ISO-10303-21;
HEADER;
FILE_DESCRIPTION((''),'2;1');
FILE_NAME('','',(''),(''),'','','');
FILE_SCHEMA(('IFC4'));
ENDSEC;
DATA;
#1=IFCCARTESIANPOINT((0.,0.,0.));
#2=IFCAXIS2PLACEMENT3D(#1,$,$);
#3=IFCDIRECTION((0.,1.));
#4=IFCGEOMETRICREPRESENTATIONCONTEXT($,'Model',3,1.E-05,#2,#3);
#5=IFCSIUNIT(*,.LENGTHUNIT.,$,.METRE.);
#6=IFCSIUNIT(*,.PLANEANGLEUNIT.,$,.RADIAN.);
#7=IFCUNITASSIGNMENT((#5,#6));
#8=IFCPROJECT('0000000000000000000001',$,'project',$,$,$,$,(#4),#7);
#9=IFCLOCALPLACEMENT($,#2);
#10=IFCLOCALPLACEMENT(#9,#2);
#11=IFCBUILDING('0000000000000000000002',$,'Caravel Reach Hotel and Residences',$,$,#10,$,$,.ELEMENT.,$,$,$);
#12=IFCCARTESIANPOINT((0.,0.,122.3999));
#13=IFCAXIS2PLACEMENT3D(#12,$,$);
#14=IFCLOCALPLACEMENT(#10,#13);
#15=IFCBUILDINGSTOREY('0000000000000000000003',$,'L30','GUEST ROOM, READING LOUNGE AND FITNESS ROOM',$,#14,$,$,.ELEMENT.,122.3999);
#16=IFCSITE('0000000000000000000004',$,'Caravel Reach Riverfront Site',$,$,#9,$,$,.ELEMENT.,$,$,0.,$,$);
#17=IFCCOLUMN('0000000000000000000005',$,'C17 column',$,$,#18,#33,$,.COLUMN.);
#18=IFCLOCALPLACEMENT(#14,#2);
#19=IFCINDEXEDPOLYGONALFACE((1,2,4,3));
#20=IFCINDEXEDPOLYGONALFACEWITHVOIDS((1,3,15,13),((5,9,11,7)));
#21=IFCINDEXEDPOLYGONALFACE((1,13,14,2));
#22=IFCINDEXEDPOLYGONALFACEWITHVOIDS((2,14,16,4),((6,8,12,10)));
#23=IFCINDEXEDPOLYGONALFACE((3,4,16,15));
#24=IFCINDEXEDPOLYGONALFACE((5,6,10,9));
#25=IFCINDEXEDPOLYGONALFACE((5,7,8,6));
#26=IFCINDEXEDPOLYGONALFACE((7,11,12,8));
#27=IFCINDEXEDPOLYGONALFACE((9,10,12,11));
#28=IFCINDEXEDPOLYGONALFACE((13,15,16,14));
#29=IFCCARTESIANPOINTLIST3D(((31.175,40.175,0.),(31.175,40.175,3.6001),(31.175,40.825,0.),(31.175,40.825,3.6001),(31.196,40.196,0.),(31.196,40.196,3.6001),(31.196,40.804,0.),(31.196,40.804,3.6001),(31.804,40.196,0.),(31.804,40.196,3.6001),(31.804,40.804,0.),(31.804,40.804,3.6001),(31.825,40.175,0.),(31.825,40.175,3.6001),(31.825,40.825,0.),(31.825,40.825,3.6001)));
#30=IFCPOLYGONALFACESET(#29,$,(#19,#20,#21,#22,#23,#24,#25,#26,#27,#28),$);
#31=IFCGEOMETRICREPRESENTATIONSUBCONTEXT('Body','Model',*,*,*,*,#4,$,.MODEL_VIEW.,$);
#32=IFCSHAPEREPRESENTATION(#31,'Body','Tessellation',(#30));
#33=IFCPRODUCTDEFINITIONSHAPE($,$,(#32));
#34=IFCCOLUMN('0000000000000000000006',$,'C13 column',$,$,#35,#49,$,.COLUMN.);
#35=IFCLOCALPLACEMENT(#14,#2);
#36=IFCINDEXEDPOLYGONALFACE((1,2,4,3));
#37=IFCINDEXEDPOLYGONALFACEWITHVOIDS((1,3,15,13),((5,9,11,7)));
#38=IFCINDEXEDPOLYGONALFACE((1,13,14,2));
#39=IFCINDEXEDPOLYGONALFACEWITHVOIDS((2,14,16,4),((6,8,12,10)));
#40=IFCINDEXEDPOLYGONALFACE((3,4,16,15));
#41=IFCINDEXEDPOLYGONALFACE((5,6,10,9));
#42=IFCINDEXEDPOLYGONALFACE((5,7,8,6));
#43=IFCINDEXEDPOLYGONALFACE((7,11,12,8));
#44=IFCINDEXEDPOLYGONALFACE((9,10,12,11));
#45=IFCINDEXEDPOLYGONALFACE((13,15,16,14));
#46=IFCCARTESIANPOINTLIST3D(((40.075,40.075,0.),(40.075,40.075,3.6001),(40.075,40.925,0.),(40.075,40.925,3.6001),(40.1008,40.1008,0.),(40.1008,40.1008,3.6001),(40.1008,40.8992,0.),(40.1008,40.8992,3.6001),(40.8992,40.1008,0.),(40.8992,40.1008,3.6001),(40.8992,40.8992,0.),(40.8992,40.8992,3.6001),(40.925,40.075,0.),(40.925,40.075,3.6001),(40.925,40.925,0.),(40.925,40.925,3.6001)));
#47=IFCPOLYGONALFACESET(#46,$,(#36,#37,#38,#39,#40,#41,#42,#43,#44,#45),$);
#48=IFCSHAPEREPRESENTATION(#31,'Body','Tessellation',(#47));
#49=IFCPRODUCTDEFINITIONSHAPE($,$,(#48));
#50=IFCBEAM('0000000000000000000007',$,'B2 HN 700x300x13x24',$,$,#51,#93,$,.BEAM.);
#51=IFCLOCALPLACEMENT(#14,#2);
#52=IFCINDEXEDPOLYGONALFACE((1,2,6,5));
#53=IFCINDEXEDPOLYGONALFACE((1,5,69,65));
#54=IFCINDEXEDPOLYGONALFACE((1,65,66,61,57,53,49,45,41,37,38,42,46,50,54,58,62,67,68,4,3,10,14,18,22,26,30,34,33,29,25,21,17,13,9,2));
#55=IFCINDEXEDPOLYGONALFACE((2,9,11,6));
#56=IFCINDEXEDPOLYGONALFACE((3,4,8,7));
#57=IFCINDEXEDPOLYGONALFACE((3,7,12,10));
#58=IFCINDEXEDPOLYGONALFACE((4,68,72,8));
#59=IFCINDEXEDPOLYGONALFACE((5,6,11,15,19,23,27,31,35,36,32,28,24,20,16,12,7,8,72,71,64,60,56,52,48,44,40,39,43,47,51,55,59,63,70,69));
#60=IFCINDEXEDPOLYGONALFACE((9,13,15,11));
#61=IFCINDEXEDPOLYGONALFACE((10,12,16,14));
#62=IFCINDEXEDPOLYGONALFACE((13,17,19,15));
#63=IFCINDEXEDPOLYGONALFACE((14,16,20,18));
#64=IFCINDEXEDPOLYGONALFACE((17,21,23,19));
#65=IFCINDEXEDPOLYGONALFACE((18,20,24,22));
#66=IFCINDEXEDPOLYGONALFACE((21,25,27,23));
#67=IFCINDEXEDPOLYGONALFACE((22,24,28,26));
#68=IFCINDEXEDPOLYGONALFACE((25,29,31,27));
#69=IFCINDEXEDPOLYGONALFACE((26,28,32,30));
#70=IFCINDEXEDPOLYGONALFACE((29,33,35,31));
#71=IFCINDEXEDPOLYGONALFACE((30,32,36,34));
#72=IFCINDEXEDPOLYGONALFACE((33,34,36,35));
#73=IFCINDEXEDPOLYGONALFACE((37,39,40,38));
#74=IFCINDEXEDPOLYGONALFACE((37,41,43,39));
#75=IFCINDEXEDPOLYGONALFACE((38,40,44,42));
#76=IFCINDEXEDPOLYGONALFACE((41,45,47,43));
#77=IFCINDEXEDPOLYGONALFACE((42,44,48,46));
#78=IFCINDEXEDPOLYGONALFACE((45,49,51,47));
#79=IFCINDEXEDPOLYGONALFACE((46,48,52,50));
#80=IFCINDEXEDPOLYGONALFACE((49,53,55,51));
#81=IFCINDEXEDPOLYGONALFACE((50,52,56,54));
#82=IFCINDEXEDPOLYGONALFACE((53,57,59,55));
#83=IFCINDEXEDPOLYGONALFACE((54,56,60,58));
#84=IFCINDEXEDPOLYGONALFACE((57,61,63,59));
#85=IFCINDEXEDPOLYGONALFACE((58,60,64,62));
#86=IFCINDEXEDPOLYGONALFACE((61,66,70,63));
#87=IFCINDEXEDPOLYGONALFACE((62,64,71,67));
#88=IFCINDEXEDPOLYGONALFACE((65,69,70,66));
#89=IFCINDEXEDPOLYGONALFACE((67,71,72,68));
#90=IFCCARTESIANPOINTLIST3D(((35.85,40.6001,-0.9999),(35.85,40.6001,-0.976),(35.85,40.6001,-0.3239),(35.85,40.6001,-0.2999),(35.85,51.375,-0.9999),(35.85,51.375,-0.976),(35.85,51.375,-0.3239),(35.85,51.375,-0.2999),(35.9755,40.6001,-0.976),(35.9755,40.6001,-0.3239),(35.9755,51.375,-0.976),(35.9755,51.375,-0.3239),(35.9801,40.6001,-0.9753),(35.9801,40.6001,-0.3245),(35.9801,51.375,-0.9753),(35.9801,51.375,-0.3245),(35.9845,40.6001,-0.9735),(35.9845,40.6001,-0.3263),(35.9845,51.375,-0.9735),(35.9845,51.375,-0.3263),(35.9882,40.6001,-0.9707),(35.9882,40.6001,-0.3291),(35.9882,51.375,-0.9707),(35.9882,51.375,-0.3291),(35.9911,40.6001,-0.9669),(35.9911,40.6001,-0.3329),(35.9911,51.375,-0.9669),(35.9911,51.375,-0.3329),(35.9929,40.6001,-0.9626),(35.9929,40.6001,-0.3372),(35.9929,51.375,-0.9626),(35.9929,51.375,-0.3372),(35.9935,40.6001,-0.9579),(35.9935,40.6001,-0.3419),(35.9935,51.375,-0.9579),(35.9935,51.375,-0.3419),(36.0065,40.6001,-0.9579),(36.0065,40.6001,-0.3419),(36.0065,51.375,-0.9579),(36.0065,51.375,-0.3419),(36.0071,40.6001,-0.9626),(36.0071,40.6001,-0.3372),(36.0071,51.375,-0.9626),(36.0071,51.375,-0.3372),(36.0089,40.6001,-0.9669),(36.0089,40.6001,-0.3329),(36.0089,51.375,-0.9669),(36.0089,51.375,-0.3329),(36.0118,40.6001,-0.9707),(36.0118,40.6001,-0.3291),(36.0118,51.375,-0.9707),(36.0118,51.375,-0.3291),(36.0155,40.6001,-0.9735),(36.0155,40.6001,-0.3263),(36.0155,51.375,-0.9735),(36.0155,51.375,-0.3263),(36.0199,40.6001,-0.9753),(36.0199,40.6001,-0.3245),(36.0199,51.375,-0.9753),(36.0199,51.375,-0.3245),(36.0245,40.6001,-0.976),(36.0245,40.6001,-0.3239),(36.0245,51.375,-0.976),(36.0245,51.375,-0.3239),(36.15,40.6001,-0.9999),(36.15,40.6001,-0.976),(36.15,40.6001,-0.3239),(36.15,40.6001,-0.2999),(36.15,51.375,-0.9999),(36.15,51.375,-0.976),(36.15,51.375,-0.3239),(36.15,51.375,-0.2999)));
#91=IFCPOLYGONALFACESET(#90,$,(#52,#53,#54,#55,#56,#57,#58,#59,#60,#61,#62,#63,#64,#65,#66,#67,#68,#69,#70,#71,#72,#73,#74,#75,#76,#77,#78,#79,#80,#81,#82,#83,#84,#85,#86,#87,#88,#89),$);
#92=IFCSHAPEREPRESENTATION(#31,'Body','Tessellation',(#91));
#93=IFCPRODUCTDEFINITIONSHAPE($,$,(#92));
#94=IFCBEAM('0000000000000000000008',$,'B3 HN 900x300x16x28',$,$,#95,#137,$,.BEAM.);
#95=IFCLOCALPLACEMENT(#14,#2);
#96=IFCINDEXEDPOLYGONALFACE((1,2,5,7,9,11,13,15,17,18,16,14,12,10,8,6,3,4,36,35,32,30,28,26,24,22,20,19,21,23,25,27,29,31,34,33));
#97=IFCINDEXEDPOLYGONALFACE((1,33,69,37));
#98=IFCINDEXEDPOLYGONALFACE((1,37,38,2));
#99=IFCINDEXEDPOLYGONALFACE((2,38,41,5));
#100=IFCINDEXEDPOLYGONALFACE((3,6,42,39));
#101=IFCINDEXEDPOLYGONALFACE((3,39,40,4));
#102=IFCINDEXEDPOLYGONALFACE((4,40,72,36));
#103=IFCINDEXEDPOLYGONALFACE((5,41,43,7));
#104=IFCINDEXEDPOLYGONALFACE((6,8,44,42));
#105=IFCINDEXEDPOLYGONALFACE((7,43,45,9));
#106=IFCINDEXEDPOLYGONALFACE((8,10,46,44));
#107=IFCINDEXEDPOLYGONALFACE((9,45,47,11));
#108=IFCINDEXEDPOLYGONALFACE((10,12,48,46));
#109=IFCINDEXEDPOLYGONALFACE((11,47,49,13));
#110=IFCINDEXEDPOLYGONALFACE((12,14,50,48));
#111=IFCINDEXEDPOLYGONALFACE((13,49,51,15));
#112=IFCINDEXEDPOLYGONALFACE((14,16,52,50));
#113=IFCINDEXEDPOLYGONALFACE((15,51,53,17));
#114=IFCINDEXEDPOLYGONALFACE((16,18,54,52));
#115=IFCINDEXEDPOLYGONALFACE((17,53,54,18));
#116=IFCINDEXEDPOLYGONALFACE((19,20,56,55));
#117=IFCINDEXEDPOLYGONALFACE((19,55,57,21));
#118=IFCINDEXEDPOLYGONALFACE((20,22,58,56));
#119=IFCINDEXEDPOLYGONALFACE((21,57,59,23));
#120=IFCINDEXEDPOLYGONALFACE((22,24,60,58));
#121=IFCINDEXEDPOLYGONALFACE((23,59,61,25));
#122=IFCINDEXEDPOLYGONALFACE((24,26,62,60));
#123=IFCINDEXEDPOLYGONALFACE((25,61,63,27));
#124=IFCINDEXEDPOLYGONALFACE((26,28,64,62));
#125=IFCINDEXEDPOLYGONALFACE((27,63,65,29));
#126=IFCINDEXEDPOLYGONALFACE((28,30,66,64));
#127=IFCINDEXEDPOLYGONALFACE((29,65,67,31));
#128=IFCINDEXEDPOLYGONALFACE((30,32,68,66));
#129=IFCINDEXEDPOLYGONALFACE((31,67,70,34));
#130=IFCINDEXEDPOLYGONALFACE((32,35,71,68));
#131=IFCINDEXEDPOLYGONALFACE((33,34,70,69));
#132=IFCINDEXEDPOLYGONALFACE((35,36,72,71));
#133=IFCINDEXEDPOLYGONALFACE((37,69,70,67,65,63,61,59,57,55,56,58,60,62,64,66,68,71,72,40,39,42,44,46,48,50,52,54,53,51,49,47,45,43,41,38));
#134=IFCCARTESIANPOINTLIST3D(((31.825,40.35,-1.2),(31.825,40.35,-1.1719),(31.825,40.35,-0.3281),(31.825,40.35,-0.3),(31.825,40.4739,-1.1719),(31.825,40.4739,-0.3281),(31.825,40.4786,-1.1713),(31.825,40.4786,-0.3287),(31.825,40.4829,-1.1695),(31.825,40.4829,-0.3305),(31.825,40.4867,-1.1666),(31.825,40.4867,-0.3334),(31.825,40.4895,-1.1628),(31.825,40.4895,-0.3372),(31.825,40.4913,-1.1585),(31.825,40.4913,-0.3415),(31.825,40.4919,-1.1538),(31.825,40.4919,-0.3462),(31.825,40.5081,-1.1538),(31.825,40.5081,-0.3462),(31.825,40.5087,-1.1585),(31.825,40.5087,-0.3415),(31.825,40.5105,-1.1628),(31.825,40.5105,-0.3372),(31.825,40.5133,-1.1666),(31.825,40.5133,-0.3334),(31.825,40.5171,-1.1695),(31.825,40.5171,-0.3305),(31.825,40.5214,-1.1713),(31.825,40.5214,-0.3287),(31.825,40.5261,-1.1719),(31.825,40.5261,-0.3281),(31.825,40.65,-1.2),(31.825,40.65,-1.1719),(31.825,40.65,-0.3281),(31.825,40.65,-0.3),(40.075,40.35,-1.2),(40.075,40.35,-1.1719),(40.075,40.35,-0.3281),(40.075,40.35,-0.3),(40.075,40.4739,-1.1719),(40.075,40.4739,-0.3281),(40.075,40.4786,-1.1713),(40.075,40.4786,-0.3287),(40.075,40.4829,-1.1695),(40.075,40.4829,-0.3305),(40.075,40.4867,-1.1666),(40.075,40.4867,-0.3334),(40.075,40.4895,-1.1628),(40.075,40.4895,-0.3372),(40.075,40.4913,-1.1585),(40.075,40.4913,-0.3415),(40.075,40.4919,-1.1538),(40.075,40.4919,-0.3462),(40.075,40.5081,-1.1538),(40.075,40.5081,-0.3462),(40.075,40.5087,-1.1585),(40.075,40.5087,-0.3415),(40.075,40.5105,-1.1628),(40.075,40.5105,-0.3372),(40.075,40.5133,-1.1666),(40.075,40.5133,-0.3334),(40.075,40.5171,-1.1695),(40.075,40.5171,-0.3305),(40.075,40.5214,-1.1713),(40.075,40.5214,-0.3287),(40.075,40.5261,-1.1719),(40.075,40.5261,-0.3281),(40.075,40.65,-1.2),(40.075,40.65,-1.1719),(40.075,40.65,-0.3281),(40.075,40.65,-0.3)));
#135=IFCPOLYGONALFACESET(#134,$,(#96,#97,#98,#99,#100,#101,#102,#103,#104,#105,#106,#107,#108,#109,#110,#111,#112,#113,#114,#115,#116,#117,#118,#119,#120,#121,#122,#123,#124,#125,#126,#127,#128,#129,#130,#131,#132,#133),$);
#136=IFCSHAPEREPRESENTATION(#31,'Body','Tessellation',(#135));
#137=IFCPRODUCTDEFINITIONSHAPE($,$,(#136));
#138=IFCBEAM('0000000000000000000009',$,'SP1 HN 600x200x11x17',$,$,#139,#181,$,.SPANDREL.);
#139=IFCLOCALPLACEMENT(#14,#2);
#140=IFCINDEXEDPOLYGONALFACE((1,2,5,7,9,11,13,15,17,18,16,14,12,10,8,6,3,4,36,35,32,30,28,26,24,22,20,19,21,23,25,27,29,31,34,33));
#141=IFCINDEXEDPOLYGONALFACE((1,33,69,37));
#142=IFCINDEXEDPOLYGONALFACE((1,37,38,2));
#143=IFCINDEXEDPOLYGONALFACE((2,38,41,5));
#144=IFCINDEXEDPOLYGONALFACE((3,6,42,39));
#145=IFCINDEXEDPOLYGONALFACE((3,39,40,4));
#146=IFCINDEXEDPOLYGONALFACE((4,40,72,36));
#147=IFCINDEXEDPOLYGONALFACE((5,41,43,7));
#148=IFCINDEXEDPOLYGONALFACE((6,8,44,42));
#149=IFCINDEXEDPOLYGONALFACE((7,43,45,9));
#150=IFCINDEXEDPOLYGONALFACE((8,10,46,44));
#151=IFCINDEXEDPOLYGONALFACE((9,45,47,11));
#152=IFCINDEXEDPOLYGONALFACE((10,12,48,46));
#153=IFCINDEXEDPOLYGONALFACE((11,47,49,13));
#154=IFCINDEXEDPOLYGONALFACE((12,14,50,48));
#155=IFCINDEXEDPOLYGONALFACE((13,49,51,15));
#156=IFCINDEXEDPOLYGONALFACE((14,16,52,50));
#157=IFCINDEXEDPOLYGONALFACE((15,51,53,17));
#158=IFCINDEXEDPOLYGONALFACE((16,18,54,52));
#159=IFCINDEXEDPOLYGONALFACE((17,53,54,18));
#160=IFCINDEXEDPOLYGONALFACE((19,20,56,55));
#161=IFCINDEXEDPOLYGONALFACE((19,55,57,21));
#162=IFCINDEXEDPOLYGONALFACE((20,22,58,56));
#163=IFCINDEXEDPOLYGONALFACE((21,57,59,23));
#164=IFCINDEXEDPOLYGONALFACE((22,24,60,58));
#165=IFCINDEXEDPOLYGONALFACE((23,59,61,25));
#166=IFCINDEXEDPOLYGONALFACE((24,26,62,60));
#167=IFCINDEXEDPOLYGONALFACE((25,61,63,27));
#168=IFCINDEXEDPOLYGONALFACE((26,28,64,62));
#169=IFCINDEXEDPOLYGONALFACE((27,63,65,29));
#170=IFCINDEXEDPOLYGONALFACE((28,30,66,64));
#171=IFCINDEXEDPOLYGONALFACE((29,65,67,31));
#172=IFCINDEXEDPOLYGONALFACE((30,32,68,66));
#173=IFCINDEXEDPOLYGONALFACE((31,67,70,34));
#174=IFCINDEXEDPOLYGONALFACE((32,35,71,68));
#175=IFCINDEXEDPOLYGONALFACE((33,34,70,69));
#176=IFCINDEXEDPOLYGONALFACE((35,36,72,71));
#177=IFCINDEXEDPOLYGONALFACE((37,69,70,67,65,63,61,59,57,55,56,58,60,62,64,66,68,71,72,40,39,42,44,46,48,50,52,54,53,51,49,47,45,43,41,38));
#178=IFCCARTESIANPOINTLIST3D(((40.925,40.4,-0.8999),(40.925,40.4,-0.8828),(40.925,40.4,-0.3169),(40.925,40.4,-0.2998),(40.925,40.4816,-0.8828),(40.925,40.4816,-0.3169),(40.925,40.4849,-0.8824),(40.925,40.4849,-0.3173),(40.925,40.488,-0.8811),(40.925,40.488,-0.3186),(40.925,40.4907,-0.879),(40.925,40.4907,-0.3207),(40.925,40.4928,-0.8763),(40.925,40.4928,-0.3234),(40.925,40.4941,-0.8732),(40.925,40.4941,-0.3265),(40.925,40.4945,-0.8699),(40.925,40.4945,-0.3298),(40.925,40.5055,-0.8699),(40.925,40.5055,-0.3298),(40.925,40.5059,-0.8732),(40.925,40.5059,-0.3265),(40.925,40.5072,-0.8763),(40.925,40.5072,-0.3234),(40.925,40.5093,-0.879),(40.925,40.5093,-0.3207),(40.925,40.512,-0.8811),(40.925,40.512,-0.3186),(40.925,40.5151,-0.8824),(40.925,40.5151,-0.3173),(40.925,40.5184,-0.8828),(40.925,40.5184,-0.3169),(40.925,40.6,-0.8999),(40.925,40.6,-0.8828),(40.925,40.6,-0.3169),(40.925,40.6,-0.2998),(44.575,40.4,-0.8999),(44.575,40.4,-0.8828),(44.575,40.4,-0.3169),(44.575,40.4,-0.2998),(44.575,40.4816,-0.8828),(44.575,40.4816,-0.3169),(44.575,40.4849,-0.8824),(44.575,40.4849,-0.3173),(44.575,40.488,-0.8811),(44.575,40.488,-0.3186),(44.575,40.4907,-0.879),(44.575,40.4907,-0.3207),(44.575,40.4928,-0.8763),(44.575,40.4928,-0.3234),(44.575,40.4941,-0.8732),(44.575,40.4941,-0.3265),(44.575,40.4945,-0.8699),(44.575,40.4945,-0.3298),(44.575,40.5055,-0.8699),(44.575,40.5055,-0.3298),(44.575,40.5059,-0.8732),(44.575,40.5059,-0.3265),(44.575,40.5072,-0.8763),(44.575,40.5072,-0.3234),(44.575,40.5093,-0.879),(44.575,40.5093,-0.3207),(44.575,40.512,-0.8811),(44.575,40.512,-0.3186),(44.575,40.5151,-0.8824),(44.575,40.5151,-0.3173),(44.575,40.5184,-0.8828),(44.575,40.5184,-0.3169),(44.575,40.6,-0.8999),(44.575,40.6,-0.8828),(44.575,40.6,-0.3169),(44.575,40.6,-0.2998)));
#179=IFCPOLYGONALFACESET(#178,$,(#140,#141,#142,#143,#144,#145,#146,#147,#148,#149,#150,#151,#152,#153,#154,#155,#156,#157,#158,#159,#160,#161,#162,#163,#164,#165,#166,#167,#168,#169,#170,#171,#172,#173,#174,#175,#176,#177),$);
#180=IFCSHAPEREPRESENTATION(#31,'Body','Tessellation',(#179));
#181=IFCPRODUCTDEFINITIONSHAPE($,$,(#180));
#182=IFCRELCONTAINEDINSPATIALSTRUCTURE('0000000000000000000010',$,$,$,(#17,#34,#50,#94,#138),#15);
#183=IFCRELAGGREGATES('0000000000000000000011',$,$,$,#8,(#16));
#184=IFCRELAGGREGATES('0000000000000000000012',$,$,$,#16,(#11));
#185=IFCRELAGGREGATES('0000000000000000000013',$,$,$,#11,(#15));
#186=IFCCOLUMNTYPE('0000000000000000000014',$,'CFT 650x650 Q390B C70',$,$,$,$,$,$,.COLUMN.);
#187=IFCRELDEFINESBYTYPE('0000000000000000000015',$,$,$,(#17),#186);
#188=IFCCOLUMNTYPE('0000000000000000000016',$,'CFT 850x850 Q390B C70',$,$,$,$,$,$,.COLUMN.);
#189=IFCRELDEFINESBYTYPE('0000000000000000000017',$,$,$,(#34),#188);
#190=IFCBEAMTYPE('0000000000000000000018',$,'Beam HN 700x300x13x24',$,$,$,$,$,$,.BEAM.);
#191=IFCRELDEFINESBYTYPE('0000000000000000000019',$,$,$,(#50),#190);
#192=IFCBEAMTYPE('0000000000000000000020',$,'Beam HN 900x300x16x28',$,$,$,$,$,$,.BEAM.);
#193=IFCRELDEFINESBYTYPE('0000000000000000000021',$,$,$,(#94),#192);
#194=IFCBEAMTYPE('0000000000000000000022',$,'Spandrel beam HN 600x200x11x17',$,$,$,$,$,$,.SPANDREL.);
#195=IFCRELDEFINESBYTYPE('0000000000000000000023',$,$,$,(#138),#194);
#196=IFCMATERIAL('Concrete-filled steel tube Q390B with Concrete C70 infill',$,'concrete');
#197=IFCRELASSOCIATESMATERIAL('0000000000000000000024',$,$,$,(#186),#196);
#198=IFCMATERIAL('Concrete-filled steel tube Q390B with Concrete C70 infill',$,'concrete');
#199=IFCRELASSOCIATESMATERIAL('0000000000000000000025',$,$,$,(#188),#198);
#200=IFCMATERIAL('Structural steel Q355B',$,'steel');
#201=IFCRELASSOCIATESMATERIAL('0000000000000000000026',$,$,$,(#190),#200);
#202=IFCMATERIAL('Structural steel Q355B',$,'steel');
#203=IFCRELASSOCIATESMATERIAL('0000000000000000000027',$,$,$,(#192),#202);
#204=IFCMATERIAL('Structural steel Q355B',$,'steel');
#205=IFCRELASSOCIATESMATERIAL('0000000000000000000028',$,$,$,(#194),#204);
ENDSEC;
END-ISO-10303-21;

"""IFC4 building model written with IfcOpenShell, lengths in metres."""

from ifc_helpers import new_model, si_unit, direction, frame, origin, origin_2d, place, context, subcontext, project, spatial, hollow_rectangle, i_section, extrude, material, material_profile, profile_set, type_object, element, save


model = new_model("IFC4")

# Units and contexts
model_context = context("Model", 3, precision=1e-05, world=origin(), true_north=direction((0.0, 1.0)))
body_context = subcontext(model_context, "Body", "Model", "MODEL_VIEW")
ifc_project = project(units=[si_unit("LENGTHUNIT", "METRE"), si_unit("PLANEANGLEUNIT", "RADIAN")], contexts=[model_context])

# Site, building, storey
site_placement = place(None, origin())
site = spatial("IfcSite", under=ifc_project, at=site_placement, Name="Caravel Reach Riverfront Site", CompositionType="ELEMENT", RefElevation=0.0)
building_placement = place(site_placement, origin())
building = spatial("IfcBuilding", under=site, at=building_placement, Name="Caravel Reach Hotel and Residences", CompositionType="ELEMENT")
storey_placement = place(building_placement, frame((0.0, 0.0, 122.3999)))
storey = spatial("IfcBuildingStorey", under=building, at=storey_placement, Name="L30", Description="GUEST ROOM, READING LOUNGE AND FITNESS ROOM", CompositionType="ELEMENT", Elevation=122.3999)

# Columns
ifc_material_1 = material(Name="Concrete-filled steel tube Q390B with Concrete C70 infill", Category="concrete")
ifc_material_profile_1 = material_profile(ifc_material_1, hollow_rectangle(XDim=0.6499, YDim=0.6499, WallThickness=0.021, at=origin_2d()), Name="RHS 650x650x21")
ifc_profile_set_1 = profile_set([ifc_material_profile_1], Name="Concrete-filled steel tube Q390B with Concrete C70 infill")
column_type_1 = type_object("IfcColumnType", Name="CFT 650x650 Q390B C70", PredefinedType="COLUMN", material=ifc_profile_set_1)
column_1_placement = place(storey_placement, frame((31.5, 40.5, 0.0), z_axis=(0.0, 0.0, 1.0), x_axis=(1.0, 0.0, 0.0)))
element("IfcColumn", 1, at=column_1_placement, inside=storey, type_object=column_type_1, Name="C17 column", PredefinedType="COLUMN", context=body_context, shape_type="SweptSolid", body=[
    extrude(hollow_rectangle(XDim=0.6499, YDim=0.6499, WallThickness=0.021, at=origin_2d()), origin(), (0.0, 0.0, 1.0), 3.6001),
])
ifc_material_2 = material(Name="Concrete-filled steel tube Q390B with Concrete C70 infill", Category="concrete")
ifc_material_profile_2 = material_profile(ifc_material_2, hollow_rectangle(XDim=0.8501, YDim=0.8501, WallThickness=0.0259, at=origin_2d()), Name="RHS 850x850x26")
ifc_profile_set_2 = profile_set([ifc_material_profile_2], Name="Concrete-filled steel tube Q390B with Concrete C70 infill")
column_type_2 = type_object("IfcColumnType", Name="CFT 850x850 Q390B C70", PredefinedType="COLUMN", material=ifc_profile_set_2)
column_2_placement = place(storey_placement, frame((40.5, 40.5, 0.0), z_axis=(0.0, 0.0, 1.0), x_axis=(1.0, 0.0, 0.0)))
element("IfcColumn", 2, at=column_2_placement, inside=storey, type_object=column_type_2, Name="C13 column", PredefinedType="COLUMN", context=body_context, shape_type="SweptSolid", body=[
    extrude(hollow_rectangle(XDim=0.8501, YDim=0.8501, WallThickness=0.0259, at=origin_2d()), origin(), (0.0, 0.0, 1.0), 3.6001),
])

# Beams
ifc_material_3 = material(Name="Structural steel Q355B", Category="steel")
ifc_material_profile_3 = material_profile(ifc_material_3, i_section(OverallWidth=0.3, OverallDepth=0.7, WebThickness=0.0129, FlangeThickness=0.0239, FilletRadius=0.0181, at=origin_2d()), Name="HN 700x300x13x24")
ifc_profile_set_3 = profile_set([ifc_material_profile_3], Name="Structural steel Q355B")
beam_type_1 = type_object("IfcBeamType", Name="Beam HN 700x300x13x24", PredefinedType="BEAM", material=ifc_profile_set_3)
beam_1_placement = place(storey_placement, frame((36.0, 40.6001, -0.6499), z_axis=(0.0, 1.0, 0.0), x_axis=(-1.0, 0.0, 0.0)))
element("IfcBeam", 3, at=beam_1_placement, inside=storey, type_object=beam_type_1, Name="B2 HN 700x300x13x24", PredefinedType="BEAM", context=body_context, shape_type="SweptSolid", body=[
    extrude(i_section(OverallWidth=0.3, OverallDepth=0.7, WebThickness=0.0129, FlangeThickness=0.0239, FilletRadius=0.0181, at=origin_2d()), origin(), (0.0, 0.0, 1.0), 10.7749),
])
ifc_material_4 = material(Name="Structural steel Q355B", Category="steel")
ifc_material_profile_4 = material_profile(ifc_material_4, i_section(OverallWidth=0.3, OverallDepth=0.8999, WebThickness=0.0161, FlangeThickness=0.0281, FilletRadius=0.0181, at=origin_2d()), Name="HN 900x300x16x28")
ifc_profile_set_4 = profile_set([ifc_material_profile_4], Name="Structural steel Q355B")
beam_type_2 = type_object("IfcBeamType", Name="Beam HN 900x300x16x28", PredefinedType="BEAM", material=ifc_profile_set_4)
beam_2_placement = place(storey_placement, frame((31.825, 40.5, -0.75), z_axis=(1.0, 0.0, 0.0), x_axis=(0.0, 1.0, 0.0)))
element("IfcBeam", 4, at=beam_2_placement, inside=storey, type_object=beam_type_2, Name="B3 HN 900x300x16x28", PredefinedType="BEAM", context=body_context, shape_type="SweptSolid", body=[
    extrude(i_section(OverallWidth=0.3, OverallDepth=0.8999, WebThickness=0.0161, FlangeThickness=0.0281, FilletRadius=0.0181, at=origin_2d()), origin(), (0.0, 0.0, 1.0), 8.25),
])
ifc_material_5 = material(Name="Structural steel Q355B", Category="steel")
ifc_material_profile_5 = material_profile(ifc_material_5, i_section(OverallWidth=0.2, OverallDepth=0.6001, WebThickness=0.011, FlangeThickness=0.0171, FilletRadius=0.0129, at=origin_2d()), Name="HN 600x200x11x17")
ifc_profile_set_5 = profile_set([ifc_material_profile_5], Name="Structural steel Q355B")
beam_type_3 = type_object("IfcBeamType", Name="Spandrel beam HN 600x200x11x17", PredefinedType="SPANDREL", material=ifc_profile_set_5)
beam_3_placement = place(storey_placement, frame((44.575, 40.5, -0.5999), z_axis=(-1.0, 0.0, 0.0), x_axis=(0.0, -1.0, 0.0)))
element("IfcBeam", 5, at=beam_3_placement, inside=storey, type_object=beam_type_3, Name="SP1 HN 600x200x11x17", PredefinedType="SPANDREL", context=body_context, shape_type="SweptSolid", body=[
    extrude(i_section(OverallWidth=0.2, OverallDepth=0.6001, WebThickness=0.011, FlangeThickness=0.0171, FilletRadius=0.0129, at=origin_2d()), origin(), (0.0, 0.0, 1.0), 3.6499),
])

save(model, "model.ifc")
